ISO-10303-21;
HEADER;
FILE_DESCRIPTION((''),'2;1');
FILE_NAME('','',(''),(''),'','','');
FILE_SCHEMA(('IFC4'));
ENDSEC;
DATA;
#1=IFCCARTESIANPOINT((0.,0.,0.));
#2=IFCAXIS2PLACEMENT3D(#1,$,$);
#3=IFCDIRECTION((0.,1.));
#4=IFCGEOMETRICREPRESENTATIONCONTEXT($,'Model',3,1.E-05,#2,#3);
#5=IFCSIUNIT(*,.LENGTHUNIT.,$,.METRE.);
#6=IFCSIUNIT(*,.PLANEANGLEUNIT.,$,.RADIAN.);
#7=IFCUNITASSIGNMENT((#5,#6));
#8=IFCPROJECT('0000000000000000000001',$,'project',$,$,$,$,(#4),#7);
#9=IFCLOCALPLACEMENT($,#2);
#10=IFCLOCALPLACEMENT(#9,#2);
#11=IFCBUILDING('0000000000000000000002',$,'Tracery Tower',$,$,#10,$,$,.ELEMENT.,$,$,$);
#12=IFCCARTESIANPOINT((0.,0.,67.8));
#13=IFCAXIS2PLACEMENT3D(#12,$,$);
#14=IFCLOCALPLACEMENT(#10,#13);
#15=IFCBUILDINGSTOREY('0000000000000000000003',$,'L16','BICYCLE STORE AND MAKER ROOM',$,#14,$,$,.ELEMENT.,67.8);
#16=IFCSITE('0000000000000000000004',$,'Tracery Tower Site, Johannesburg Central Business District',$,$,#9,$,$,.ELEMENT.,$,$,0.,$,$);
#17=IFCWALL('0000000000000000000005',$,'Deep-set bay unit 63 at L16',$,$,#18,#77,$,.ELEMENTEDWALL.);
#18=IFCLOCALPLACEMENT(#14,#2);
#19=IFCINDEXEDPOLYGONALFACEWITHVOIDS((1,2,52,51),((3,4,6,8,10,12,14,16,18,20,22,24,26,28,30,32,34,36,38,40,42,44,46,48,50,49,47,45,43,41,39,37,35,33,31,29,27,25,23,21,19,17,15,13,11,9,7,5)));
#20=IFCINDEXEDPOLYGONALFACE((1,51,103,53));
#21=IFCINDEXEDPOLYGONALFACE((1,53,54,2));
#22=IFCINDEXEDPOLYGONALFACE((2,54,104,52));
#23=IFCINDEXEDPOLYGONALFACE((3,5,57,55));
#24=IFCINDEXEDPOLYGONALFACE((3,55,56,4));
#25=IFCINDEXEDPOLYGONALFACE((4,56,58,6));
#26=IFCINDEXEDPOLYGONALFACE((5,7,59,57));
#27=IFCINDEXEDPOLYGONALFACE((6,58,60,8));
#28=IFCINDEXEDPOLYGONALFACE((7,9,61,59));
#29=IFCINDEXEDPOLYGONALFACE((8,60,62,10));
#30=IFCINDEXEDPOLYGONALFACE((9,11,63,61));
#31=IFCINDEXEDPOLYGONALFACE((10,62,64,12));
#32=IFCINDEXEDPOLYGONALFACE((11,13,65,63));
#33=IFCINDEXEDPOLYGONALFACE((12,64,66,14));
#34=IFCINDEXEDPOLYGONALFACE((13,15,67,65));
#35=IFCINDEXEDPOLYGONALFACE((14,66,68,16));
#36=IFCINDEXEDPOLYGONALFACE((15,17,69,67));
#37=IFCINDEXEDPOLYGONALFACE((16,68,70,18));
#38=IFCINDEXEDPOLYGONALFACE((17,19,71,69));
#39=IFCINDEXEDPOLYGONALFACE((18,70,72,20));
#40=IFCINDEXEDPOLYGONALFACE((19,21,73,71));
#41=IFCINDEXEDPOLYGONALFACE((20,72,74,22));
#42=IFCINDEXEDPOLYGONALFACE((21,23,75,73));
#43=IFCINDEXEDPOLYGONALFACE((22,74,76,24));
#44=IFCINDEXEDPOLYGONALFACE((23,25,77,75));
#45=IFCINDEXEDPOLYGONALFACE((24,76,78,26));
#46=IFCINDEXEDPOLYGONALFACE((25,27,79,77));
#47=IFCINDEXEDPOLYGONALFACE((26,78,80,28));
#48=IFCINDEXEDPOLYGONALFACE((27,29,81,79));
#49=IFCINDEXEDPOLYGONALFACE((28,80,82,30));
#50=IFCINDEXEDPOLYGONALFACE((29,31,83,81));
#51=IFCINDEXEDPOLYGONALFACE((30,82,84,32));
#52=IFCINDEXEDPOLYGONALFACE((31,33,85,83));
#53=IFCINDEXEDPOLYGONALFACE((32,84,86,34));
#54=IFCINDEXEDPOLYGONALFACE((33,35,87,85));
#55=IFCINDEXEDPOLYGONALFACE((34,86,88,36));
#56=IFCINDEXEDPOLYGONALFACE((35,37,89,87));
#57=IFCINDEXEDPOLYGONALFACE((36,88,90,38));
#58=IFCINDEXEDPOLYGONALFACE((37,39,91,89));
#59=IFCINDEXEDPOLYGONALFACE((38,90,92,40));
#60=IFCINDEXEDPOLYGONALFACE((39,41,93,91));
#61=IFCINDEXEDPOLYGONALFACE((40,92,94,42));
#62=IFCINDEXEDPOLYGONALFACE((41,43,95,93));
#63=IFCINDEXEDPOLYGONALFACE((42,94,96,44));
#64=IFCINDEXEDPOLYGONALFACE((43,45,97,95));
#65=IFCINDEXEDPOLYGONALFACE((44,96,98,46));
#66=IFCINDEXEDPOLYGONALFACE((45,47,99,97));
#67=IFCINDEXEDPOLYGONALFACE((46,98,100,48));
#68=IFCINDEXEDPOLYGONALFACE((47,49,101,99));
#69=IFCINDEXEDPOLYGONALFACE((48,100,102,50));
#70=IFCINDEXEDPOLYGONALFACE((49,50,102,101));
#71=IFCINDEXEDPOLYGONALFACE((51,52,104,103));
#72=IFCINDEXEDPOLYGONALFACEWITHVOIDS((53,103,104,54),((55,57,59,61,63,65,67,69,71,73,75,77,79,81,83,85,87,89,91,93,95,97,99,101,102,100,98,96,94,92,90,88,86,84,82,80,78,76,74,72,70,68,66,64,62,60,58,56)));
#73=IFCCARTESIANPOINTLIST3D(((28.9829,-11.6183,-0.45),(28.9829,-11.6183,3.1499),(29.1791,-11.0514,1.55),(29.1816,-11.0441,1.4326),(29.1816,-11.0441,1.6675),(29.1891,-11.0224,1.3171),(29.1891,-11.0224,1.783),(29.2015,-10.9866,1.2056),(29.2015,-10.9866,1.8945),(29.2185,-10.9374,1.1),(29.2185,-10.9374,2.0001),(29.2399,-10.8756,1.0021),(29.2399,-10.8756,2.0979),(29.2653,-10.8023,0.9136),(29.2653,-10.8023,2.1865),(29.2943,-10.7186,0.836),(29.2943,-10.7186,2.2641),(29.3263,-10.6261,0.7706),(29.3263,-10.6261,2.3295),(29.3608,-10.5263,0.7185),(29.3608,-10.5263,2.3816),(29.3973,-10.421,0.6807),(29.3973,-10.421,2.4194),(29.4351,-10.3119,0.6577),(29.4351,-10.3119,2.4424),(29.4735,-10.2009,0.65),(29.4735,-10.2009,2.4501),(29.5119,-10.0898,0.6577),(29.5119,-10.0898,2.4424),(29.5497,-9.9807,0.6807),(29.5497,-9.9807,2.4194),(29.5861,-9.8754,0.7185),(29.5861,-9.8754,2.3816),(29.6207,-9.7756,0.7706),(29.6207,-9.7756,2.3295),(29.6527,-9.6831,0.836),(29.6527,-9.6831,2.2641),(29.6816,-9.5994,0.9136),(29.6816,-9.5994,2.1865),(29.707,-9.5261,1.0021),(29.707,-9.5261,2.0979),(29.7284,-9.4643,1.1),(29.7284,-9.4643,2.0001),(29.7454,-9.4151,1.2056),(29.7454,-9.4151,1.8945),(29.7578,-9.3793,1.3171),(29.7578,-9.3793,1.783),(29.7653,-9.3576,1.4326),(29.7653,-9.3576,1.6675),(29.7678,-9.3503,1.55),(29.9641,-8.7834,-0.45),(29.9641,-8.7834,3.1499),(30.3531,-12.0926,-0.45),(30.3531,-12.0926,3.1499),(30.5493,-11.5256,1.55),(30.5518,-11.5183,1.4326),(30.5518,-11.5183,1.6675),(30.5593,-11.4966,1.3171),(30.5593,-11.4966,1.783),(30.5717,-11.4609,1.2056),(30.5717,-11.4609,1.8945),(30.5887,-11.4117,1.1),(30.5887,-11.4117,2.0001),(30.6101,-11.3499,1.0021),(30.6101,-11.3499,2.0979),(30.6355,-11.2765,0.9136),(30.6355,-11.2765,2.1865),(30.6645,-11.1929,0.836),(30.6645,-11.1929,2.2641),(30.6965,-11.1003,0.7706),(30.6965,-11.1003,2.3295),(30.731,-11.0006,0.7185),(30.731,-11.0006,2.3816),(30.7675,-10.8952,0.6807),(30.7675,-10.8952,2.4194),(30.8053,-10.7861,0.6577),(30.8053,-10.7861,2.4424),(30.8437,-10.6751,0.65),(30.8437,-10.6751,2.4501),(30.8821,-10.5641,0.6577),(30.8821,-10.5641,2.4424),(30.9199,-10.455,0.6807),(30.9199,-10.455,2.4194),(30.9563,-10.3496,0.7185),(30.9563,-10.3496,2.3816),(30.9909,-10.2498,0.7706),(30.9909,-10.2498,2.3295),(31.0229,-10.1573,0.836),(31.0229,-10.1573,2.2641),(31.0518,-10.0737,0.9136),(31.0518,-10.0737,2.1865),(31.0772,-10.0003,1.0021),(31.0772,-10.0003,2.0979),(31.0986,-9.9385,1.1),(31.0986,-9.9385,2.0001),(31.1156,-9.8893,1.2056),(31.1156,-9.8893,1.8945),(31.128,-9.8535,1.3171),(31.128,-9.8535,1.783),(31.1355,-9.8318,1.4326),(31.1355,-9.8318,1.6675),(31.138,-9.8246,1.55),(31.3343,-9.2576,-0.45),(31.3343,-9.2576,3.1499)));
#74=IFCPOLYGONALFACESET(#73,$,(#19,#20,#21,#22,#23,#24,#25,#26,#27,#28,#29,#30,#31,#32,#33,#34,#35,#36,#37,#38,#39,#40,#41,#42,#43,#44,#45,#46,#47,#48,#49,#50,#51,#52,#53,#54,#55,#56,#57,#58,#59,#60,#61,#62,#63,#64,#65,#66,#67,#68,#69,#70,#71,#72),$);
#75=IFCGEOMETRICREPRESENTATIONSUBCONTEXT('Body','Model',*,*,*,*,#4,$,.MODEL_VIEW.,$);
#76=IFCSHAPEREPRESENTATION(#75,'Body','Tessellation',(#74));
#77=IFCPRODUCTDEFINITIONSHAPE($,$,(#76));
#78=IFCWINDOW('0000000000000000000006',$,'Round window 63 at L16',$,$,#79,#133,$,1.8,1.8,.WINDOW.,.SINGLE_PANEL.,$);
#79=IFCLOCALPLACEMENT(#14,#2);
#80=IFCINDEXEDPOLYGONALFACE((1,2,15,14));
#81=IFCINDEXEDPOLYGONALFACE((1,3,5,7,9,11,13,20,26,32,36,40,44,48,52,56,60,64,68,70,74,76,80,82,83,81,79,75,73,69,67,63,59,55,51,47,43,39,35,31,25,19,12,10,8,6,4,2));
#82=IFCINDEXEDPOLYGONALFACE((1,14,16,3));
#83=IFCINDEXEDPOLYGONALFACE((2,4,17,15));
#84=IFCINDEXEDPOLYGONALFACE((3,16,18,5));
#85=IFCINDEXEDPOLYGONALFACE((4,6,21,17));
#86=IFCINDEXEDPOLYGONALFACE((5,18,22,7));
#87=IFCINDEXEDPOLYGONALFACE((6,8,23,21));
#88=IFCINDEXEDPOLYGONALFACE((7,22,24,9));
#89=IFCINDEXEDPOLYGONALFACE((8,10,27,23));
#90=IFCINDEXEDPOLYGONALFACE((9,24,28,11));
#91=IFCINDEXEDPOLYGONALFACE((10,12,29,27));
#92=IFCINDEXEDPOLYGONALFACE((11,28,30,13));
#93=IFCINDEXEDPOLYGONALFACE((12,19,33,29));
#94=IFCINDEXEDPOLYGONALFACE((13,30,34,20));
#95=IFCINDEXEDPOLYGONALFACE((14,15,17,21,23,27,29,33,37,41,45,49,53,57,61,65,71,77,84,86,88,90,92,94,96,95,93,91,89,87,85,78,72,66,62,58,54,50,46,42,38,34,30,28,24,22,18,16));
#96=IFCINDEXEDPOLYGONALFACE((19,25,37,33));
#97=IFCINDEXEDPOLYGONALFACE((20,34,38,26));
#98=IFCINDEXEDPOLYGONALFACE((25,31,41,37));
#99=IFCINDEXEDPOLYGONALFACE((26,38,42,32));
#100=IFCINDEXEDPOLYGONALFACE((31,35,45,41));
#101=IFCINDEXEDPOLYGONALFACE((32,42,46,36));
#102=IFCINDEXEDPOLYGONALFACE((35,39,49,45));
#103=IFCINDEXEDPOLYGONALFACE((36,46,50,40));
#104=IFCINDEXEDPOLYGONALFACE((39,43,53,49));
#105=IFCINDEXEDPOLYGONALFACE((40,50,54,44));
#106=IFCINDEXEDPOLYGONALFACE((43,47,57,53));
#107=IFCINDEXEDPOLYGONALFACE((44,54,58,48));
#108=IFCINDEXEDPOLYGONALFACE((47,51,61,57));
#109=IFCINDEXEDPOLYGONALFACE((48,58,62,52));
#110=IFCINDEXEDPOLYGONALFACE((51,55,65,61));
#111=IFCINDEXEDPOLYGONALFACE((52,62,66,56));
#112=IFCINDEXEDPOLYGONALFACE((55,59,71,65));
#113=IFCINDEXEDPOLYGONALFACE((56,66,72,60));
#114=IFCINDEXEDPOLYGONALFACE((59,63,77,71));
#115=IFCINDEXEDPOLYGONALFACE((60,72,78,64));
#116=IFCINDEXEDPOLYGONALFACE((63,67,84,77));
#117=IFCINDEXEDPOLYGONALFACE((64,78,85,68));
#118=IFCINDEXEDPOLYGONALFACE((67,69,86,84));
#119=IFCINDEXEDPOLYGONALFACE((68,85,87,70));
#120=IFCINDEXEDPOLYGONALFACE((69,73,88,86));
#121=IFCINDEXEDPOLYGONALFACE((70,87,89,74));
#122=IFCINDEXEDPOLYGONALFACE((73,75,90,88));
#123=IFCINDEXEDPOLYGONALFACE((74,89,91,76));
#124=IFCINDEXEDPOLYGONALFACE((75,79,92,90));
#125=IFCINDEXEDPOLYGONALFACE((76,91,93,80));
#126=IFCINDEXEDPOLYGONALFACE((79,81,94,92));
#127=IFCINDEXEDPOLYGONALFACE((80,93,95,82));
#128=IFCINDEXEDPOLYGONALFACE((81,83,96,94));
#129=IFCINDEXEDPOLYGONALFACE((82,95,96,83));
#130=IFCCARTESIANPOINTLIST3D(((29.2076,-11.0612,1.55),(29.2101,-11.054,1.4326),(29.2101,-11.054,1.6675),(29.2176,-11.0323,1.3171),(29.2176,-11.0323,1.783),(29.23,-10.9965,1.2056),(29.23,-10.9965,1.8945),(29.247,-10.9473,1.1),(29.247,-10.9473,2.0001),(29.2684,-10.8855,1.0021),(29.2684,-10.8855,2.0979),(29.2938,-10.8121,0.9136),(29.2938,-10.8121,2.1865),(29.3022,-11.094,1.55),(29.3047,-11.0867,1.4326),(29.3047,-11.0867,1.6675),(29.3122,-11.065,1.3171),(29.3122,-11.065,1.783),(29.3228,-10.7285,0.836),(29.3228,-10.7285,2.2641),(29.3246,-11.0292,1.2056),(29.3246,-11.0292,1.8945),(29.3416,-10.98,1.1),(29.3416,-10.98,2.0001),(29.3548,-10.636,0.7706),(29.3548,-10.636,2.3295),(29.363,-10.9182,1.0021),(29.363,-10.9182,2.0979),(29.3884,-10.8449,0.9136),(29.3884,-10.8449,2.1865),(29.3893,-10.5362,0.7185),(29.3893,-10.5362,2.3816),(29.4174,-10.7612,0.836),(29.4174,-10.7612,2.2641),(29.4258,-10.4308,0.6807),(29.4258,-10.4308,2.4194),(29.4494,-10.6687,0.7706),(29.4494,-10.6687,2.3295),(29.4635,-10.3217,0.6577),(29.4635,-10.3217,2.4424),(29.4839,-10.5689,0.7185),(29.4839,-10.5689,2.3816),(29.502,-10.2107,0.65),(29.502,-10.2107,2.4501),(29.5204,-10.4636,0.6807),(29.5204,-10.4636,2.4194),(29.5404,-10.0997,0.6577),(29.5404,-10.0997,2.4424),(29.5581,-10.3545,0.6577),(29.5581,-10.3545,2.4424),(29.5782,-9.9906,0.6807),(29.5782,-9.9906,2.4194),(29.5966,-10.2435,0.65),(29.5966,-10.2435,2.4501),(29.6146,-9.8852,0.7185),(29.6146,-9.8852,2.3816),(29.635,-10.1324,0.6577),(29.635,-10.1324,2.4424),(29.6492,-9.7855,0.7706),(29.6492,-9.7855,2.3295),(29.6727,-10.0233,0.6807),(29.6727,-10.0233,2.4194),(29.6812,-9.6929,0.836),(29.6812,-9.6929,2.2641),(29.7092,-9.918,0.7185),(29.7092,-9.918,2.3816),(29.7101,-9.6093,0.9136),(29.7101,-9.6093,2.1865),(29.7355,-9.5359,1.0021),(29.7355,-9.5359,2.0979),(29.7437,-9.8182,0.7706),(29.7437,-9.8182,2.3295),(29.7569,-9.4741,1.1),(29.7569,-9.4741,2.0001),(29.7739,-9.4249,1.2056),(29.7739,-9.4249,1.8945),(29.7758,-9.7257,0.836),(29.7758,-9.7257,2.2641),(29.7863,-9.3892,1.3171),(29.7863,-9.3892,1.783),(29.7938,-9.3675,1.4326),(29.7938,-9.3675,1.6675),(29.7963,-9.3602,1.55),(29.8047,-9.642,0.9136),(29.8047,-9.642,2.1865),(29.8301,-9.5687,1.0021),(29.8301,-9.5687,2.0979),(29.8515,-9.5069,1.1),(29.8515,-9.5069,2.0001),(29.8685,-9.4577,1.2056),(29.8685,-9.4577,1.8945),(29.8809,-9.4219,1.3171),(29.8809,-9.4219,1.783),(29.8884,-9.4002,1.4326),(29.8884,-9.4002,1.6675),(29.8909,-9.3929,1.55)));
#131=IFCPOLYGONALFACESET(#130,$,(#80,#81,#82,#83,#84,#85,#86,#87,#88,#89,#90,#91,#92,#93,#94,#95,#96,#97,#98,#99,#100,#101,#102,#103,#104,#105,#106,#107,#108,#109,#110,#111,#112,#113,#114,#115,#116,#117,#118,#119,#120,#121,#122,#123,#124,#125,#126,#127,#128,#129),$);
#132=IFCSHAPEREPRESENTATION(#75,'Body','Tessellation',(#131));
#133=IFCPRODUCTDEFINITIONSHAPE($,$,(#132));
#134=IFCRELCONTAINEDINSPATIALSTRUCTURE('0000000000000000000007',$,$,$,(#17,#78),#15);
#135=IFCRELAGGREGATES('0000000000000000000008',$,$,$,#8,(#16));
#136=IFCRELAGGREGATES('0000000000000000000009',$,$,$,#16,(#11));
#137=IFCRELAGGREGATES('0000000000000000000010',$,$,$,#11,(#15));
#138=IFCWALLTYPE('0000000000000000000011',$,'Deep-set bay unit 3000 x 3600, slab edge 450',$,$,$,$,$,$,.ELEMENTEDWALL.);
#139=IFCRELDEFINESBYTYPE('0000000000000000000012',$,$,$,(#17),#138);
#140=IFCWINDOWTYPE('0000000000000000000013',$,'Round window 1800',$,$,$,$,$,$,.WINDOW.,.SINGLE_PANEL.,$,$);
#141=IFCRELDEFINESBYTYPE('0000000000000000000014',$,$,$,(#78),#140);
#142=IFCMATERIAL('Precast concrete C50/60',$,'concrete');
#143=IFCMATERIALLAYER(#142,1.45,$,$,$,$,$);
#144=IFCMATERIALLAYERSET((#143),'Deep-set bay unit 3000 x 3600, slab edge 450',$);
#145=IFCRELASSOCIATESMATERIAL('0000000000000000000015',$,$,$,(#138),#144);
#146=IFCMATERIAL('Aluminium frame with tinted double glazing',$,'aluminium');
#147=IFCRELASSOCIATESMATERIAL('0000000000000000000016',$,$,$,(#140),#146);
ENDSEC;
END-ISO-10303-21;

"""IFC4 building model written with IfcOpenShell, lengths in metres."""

from ifc_helpers import new_model, si_unit, direction, frame, frame_2d, origin, origin_2d, place, context, subcontext, project, spatial, rectangle, circle, extrude, material, layer, layer_set, type_object, element, fill, save


model = new_model("IFC4")

# Units and contexts
model_context = context("Model", 3, precision=1e-05, world=origin(), true_north=direction((0.0, 1.0)))
body_context = subcontext(model_context, "Body", "Model", "MODEL_VIEW")
ifc_project = project(units=[si_unit("LENGTHUNIT", "METRE"), si_unit("PLANEANGLEUNIT", "RADIAN")], contexts=[model_context])

# Site, building, storey
site_placement = place(None, origin())
site = spatial("IfcSite", under=ifc_project, at=site_placement, Name="Tracery Tower Site, Johannesburg Central Business District", CompositionType="ELEMENT", RefElevation=0.0)
building_placement = place(site_placement, origin())
building = spatial("IfcBuilding", under=site, at=building_placement, Name="Tracery Tower", CompositionType="ELEMENT")
storey_placement = place(building_placement, frame((0.0, 0.0, 67.8)))
storey = spatial("IfcBuildingStorey", under=building, at=storey_placement, Name="L16", Description="BICYCLE STORE AND MAKER ROOM", CompositionType="ELEMENT", Elevation=67.8)

# Wall, opening, window
ifc_material_1 = material(Name="Precast concrete C50/60", Category="concrete")
ifc_layer_1 = layer(ifc_material_1, 1.45)
ifc_layer_set_1 = layer_set([ifc_layer_1], Name="Deep-set bay unit 3000 x 3600, slab edge 450")
wall_type_1 = type_object("IfcWallType", Name="Deep-set bay unit 3000 x 3600, slab edge 450", PredefinedType="ELEMENTEDWALL", material=ifc_layer_set_1)
wall_1_placement = place(storey_placement, frame((29.668, -11.8555, -0.45), z_axis=(0.0, 0.0, 1.0), x_axis=(0.327071, 0.945, 0.0)))
wall_1 = element("IfcWall", 1, at=wall_1_placement, inside=storey, type_object=wall_type_1, Name="Deep-set bay unit 63 at L16", PredefinedType="ELEMENTEDWALL", context=body_context, shape_type="SweptSolid", body=[
    extrude(rectangle(XDim=3.0, YDim=1.45, at=frame_2d((1.5, 0.0))), origin(), (0.0, 0.0, 1.0), 3.5999),
])
opening_1_placement = place(wall_1_placement, frame((1.5, 0.0, 2.0)))
opening_1 = element("IfcOpeningElement", 2, at=opening_1_placement, cuts=wall_1, PredefinedType="OPENING", context=body_context, shape_type="SweptSolid", body=[
    extrude(circle(Radius=0.9, at=origin_2d()), frame((0.0, 0.7349, 0.0), z_axis=(0.0, -1.0, 0.0), x_axis=(1.0, 0.0, 0.0)), (0.0, 0.0, 1.0), 1.47),
])
ifc_material_2 = material(Name="Aluminium frame with tinted double glazing", Category="aluminium")
window_type = type_object("IfcWindowType", Name="Round window 1800", PartitioningType="SINGLE_PANEL", PredefinedType="WINDOW", material=ifc_material_2)
window_1_placement = place(opening_1_placement, origin())
window_1 = element("IfcWindow", 3, at=window_1_placement, inside=storey, type_object=window_type, Name="Round window 63 at L16", OverallHeight=1.8, OverallWidth=1.8, PartitioningType="SINGLE_PANEL", PredefinedType="WINDOW", context=body_context, shape_type="SweptSolid", body=[
    extrude(circle(Radius=0.9, at=origin_2d()), frame((0.0, 0.6948, 0.0), z_axis=(0.0, -1.0, 0.0), x_axis=(1.0, 0.0, 0.0)), (0.0, 0.0, 1.0), 0.1001),
])
fill(opening_1, window_1)

save(model, "model.ifc")
